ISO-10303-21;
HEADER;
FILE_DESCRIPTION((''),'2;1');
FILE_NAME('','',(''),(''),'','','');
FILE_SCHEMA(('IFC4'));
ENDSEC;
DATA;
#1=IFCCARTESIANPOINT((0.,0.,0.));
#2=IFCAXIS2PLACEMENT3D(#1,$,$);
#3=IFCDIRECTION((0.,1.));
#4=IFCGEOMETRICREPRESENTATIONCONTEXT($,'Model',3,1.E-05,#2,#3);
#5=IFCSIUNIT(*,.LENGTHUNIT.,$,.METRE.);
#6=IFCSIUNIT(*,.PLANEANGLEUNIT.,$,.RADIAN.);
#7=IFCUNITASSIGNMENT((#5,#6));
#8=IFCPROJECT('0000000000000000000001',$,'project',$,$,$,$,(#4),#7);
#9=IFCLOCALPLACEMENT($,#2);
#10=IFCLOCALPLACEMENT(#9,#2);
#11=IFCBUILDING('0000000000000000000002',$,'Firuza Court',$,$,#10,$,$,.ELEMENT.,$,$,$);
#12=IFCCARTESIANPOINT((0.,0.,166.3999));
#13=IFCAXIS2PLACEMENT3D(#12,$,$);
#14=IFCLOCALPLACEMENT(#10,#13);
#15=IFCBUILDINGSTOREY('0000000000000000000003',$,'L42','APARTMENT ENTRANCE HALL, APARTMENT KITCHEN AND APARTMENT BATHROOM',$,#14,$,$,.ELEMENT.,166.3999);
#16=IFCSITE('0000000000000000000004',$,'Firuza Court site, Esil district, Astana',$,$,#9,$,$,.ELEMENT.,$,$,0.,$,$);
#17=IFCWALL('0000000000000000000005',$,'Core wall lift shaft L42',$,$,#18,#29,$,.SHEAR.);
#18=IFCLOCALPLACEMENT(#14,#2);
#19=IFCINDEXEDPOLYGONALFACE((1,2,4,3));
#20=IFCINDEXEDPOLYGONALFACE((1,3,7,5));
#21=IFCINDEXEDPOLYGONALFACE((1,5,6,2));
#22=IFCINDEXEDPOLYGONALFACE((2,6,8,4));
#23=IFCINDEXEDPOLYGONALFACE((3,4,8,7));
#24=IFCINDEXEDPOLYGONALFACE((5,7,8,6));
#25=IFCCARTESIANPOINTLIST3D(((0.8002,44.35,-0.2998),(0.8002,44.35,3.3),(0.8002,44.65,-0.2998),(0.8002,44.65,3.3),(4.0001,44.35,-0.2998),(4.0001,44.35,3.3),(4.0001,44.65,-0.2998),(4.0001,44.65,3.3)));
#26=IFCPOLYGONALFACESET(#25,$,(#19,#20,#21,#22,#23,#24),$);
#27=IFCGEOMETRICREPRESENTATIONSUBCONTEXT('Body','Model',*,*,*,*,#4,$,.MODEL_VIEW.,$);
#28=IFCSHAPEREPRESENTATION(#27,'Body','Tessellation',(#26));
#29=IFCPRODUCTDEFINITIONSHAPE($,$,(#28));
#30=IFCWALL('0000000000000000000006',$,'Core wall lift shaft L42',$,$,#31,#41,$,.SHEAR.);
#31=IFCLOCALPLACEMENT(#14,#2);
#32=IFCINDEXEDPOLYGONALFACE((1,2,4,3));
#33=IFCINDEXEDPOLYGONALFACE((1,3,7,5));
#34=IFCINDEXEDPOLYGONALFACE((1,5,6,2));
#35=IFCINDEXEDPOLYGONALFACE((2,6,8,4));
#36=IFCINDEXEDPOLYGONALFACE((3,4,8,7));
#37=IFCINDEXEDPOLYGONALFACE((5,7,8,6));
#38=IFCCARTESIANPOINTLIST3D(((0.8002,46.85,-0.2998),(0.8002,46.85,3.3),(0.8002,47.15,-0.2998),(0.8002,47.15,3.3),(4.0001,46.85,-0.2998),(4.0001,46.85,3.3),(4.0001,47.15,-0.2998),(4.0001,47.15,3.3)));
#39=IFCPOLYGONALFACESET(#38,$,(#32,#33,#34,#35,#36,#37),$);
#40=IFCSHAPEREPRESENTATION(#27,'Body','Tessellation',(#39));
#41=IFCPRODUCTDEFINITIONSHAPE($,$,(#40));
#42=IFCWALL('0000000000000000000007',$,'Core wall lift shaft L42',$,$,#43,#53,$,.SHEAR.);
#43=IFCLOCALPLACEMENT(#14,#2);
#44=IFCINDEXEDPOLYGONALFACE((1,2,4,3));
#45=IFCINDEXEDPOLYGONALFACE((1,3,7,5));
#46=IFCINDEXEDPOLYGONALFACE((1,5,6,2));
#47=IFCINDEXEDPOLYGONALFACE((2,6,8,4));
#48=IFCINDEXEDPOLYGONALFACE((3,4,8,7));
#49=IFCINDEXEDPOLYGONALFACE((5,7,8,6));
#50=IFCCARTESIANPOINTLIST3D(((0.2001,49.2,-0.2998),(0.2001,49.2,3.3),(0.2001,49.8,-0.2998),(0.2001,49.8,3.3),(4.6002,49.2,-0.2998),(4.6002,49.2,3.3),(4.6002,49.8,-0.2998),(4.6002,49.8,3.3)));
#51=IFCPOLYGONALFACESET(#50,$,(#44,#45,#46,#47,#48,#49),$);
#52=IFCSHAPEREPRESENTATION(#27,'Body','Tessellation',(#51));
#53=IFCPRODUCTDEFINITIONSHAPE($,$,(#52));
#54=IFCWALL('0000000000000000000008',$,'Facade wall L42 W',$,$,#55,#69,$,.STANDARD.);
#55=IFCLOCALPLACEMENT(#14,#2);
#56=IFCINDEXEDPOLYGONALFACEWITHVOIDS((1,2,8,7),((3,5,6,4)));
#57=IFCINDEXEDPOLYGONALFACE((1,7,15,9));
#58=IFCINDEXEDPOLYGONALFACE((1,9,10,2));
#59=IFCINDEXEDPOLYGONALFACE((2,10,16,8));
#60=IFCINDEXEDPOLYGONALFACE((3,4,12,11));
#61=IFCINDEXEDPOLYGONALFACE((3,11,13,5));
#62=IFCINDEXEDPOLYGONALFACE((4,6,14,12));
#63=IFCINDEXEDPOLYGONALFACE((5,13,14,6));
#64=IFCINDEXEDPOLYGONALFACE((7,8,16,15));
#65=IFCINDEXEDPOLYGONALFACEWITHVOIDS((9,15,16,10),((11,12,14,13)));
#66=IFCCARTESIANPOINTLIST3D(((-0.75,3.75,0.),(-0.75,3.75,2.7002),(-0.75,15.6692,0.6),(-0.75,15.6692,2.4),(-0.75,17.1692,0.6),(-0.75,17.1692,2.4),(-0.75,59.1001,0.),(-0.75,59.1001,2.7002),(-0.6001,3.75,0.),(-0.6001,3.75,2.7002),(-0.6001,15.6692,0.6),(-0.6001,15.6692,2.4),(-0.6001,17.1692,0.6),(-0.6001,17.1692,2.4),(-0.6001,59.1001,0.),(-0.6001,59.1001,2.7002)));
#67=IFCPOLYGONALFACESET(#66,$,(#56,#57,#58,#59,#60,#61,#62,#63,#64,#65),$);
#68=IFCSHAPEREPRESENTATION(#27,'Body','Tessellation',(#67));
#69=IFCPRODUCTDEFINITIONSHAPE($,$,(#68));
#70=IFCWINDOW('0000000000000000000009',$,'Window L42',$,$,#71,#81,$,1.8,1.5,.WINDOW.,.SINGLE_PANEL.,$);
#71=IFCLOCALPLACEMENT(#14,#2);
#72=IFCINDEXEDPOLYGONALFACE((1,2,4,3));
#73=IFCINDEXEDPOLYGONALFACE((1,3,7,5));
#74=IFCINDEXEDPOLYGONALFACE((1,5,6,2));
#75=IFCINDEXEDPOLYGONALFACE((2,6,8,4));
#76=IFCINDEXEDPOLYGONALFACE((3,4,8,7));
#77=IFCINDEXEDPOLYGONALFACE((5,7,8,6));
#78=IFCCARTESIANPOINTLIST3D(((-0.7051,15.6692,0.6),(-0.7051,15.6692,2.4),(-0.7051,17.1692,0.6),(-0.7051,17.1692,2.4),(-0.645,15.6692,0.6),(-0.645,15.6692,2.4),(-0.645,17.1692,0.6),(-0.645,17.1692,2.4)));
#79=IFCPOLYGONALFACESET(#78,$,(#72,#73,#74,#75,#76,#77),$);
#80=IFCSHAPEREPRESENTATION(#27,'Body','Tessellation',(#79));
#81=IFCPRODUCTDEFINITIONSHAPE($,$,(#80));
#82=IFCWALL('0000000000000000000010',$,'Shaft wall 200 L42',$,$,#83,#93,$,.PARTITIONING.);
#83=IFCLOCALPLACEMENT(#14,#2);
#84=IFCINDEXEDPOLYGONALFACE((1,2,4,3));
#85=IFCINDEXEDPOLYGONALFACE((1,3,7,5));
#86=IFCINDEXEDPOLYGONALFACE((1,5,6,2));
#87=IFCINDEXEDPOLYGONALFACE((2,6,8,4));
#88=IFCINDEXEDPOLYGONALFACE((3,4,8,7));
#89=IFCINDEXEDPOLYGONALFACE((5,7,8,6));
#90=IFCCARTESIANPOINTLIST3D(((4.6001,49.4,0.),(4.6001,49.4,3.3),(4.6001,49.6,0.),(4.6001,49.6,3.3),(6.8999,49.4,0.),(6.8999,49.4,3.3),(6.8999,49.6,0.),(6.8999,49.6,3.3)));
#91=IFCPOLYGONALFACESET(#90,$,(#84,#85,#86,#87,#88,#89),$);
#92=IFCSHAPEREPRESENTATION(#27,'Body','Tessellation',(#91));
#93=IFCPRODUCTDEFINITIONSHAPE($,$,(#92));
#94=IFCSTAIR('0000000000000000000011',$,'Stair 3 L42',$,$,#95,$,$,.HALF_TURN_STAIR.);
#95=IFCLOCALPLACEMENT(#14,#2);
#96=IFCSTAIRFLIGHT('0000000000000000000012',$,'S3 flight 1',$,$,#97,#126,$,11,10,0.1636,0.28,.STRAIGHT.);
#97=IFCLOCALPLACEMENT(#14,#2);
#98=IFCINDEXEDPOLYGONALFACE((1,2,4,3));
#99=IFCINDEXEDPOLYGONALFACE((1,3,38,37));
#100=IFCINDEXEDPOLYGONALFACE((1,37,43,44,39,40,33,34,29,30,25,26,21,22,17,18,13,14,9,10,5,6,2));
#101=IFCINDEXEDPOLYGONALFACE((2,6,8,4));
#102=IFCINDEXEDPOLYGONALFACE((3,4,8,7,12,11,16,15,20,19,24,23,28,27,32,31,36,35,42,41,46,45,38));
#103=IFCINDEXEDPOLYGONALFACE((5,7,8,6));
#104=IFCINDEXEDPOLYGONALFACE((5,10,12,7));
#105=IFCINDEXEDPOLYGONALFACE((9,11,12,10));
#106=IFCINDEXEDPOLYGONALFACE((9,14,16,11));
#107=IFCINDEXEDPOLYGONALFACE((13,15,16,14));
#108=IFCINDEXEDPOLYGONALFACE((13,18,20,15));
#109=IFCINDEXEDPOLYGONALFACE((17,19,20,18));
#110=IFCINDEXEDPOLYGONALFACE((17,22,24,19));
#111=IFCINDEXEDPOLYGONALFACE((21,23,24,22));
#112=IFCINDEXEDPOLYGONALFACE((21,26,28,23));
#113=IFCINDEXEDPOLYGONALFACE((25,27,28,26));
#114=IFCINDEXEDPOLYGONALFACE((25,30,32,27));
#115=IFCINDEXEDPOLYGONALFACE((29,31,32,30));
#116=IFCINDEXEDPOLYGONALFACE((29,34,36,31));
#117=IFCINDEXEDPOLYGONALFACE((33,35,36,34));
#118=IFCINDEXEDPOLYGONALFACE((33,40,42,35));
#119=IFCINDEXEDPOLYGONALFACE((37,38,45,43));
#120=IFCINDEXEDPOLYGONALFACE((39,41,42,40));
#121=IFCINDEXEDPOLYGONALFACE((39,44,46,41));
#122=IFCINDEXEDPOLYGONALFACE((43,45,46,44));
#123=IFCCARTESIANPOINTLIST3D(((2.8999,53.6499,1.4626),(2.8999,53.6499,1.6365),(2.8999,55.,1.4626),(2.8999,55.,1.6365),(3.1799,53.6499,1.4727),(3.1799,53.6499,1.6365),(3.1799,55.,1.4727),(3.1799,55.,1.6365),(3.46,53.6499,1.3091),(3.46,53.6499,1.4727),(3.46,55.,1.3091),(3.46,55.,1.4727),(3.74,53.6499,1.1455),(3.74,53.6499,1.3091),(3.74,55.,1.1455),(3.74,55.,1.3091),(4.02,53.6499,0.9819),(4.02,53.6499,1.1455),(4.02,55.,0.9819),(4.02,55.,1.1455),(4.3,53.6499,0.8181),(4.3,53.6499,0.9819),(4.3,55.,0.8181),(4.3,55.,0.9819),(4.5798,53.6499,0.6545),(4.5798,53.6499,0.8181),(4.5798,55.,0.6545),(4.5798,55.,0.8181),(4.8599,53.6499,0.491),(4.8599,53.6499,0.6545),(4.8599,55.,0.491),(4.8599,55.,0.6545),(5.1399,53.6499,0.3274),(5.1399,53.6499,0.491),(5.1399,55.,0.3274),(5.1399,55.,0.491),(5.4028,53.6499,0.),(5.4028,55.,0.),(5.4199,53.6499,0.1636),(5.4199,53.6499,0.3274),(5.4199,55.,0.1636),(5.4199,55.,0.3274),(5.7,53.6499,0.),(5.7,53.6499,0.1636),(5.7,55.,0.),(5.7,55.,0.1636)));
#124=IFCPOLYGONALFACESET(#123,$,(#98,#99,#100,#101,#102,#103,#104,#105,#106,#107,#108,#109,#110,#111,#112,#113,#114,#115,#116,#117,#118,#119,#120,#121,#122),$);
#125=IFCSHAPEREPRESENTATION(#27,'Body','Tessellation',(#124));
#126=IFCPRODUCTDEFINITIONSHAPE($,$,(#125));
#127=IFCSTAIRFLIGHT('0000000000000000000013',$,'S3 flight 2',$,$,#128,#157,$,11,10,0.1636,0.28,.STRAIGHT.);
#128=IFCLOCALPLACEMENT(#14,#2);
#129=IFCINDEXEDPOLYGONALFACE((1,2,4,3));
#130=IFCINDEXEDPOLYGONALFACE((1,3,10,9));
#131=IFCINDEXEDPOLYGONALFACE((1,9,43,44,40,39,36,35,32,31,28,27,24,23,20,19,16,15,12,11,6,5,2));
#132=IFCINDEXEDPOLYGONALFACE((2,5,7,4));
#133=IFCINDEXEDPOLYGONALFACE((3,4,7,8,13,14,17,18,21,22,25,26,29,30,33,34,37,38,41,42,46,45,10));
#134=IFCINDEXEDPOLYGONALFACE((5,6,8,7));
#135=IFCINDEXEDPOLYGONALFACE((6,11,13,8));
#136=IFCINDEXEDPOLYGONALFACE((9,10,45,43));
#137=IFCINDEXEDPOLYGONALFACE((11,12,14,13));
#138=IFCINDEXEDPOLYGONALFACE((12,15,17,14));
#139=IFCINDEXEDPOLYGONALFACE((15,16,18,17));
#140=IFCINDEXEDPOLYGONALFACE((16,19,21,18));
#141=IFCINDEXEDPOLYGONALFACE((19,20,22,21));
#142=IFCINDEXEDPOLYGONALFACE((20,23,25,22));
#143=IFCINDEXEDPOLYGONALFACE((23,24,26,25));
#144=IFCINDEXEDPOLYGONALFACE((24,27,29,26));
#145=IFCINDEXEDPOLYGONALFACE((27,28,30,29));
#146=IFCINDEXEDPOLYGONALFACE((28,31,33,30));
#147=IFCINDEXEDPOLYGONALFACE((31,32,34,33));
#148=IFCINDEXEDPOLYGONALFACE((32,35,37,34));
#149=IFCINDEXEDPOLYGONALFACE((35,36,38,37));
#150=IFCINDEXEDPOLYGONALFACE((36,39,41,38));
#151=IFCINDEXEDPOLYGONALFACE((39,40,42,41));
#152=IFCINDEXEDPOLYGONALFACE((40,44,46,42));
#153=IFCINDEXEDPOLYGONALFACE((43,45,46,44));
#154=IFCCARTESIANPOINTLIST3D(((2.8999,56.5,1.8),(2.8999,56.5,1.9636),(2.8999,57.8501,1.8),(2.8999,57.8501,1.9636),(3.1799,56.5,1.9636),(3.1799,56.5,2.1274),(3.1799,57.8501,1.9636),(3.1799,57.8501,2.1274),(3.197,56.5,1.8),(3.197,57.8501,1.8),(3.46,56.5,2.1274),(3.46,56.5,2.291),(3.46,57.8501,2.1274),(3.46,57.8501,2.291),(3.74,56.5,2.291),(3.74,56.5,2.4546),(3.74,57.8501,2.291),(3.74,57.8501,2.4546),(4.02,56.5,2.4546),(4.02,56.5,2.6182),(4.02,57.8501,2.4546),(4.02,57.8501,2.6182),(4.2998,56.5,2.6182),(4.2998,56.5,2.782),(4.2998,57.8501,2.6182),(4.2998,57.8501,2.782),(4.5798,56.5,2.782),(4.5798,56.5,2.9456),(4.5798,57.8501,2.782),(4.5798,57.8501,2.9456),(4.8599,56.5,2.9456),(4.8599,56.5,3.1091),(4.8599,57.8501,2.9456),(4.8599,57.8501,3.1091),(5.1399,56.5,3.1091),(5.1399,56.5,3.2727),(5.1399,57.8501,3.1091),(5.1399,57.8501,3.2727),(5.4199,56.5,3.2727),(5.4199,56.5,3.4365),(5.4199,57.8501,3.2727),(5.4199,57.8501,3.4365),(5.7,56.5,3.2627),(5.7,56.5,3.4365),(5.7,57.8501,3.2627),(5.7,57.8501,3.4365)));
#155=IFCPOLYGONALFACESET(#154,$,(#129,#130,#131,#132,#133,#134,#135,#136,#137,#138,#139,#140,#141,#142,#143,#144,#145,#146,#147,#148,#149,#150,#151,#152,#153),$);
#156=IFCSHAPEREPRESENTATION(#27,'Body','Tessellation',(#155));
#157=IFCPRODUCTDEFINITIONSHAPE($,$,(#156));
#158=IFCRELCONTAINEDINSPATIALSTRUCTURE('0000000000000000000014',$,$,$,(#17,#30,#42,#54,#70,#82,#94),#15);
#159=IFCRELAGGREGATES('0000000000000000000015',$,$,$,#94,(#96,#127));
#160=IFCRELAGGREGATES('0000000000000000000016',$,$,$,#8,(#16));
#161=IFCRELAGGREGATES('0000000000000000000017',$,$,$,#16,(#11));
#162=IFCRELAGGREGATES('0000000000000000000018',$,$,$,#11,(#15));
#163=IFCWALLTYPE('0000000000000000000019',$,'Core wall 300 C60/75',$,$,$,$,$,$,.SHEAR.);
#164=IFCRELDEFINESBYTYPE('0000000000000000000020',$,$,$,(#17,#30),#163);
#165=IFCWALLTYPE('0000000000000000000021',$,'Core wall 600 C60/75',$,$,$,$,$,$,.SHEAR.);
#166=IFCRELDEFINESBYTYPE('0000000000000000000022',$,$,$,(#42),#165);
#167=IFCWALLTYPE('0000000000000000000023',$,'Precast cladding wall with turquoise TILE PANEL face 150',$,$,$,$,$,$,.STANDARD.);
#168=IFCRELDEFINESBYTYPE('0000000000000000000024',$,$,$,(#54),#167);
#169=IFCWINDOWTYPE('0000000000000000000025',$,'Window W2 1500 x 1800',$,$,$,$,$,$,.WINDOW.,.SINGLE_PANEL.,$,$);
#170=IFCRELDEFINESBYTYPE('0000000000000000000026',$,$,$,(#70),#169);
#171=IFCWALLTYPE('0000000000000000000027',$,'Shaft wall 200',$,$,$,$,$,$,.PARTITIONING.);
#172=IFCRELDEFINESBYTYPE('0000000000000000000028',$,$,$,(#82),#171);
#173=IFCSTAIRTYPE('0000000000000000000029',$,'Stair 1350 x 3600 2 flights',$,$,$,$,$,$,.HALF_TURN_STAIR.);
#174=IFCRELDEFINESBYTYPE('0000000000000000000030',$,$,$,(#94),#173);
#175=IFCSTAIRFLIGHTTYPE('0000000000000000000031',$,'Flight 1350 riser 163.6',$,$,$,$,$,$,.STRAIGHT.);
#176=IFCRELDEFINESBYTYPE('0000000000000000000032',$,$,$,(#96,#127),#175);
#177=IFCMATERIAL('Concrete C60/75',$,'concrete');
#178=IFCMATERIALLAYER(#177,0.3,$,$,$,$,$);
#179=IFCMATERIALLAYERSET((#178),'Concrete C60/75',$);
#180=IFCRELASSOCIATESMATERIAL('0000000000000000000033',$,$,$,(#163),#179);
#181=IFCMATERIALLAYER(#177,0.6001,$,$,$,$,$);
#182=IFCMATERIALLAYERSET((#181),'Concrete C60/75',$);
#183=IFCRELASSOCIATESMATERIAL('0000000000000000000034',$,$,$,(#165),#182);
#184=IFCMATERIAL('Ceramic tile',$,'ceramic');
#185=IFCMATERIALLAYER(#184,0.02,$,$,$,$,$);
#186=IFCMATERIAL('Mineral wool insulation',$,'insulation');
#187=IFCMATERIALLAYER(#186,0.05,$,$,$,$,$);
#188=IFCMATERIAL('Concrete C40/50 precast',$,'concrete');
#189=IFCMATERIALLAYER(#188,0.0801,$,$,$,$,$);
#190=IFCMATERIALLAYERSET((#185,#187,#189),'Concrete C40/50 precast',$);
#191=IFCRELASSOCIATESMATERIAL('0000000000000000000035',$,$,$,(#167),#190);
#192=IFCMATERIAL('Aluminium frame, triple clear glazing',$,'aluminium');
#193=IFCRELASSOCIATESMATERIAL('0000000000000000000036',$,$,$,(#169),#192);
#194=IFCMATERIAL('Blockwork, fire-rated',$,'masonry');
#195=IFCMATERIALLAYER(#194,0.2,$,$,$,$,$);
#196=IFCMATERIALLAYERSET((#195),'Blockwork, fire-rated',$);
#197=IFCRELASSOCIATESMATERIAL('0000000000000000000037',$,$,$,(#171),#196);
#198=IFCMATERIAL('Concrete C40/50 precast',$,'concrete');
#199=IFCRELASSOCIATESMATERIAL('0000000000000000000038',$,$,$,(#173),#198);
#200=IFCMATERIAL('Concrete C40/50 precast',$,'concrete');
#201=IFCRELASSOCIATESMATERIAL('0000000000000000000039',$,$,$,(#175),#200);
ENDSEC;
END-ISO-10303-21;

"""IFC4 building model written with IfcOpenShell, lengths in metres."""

from ifc_helpers import new_model, si_unit, direction, frame, frame_2d, origin, place, context, subcontext, project, spatial, polyline, rectangle, outline, extrude, material, layer, layer_set, type_object, element, fill, aggregate, save


model = new_model("IFC4")

# Units and contexts
model_context = context("Model", 3, precision=1e-05, world=origin(), true_north=direction((0.0, 1.0)))
body_context = subcontext(model_context, "Body", "Model", "MODEL_VIEW")
ifc_project = project(units=[si_unit("LENGTHUNIT", "METRE"), si_unit("PLANEANGLEUNIT", "RADIAN")], contexts=[model_context])

# Site, building, storey
site_placement = place(None, origin())
site = spatial("IfcSite", under=ifc_project, at=site_placement, Name="Firuza Court site, Esil district, Astana", CompositionType="ELEMENT", RefElevation=0.0)
building_placement = place(site_placement, origin())
building = spatial("IfcBuilding", under=site, at=building_placement, Name="Firuza Court", CompositionType="ELEMENT")
storey_placement = place(building_placement, frame((0.0, 0.0, 166.3999)))
storey = spatial("IfcBuildingStorey", under=building, at=storey_placement, Name="L42", Description="APARTMENT ENTRANCE HALL, APARTMENT KITCHEN AND APARTMENT BATHROOM", CompositionType="ELEMENT", Elevation=166.3999)

# Shared definitions
ifc_material_1 = material(Name="Concrete C60/75", Category="concrete")
ifc_layer_1 = layer(ifc_material_1, 0.3)
ifc_layer_set_1 = layer_set([ifc_layer_1], Name="Concrete C60/75")
wall_type_1 = type_object("IfcWallType", Name="Core wall 300 C60/75", PredefinedType="SHEAR", material=ifc_layer_set_1)

# Walls
for number, where, z_axis, x_axis, name in (
    (1, (0.8, 44.5, -0.2998), (0.0, 0.0, 1.0), (1.0, 0.0, 0.0), "Core wall lift shaft L42"),
    (2, (0.8, 47.0, -0.2998), (0.0, 0.0, 1.0), (1.0, 0.0, 0.0), "Core wall lift shaft L42"),
):
    element("IfcWall", number, at=place(storey_placement, frame(where, z_axis=z_axis, x_axis=x_axis)), inside=storey, type_object=wall_type_1, Name=name, PredefinedType="SHEAR", context=body_context, shape_type="SweptSolid", body=[
        extrude(rectangle(XDim=3.2, YDim=0.3, at=frame_2d((1.6001, 0.0))), origin(), (0.0, 0.0, 1.0), 3.5999),
    ])
ifc_layer_2 = layer(ifc_material_1, 0.6001)
ifc_layer_set_2 = layer_set([ifc_layer_2], Name="Concrete C60/75")
wall_type_2 = type_object("IfcWallType", Name="Core wall 600 C60/75", PredefinedType="SHEAR", material=ifc_layer_set_2)
wall_1_placement = place(storey_placement, frame((0.2, 49.5, -0.2998), z_axis=(0.0, 0.0, 1.0), x_axis=(1.0, 0.0, 0.0)))
element("IfcWall", 3, at=wall_1_placement, inside=storey, type_object=wall_type_2, Name="Core wall lift shaft L42", PredefinedType="SHEAR", context=body_context, shape_type="SweptSolid", body=[
    extrude(rectangle(XDim=4.4001, YDim=0.6001, at=frame_2d((2.2002, 0.0))), origin(), (0.0, 0.0, 1.0), 3.5999),
])

# Wall, opening, window
ifc_material_2 = material(Name="Ceramic tile", Category="ceramic")
ifc_layer_3 = layer(ifc_material_2, 0.02)
ifc_material_3 = material(Name="Mineral wool insulation", Category="insulation")
ifc_layer_4 = layer(ifc_material_3, 0.05)
ifc_material_4 = material(Name="Concrete C40/50 precast", Category="concrete")
ifc_layer_5 = layer(ifc_material_4, 0.0801)
ifc_layer_set_3 = layer_set([ifc_layer_3, ifc_layer_4, ifc_layer_5], Name="Concrete C40/50 precast")
wall_type_3 = type_object("IfcWallType", Name="Precast cladding wall with turquoise TILE PANEL face 150", PredefinedType="STANDARD", material=ifc_layer_set_3)
wall_2_placement = place(storey_placement, frame((-0.675, 59.1001, 0.0), z_axis=(0.0, 0.0, 1.0), x_axis=(0.0, -1.0, 0.0)))
wall_2 = element("IfcWall", 4, at=wall_2_placement, inside=storey, type_object=wall_type_3, Name="Facade wall L42 W", PredefinedType="STANDARD", context=body_context, shape_type="SweptSolid", body=[
    extrude(rectangle(XDim=55.3501, YDim=0.1499, at=frame_2d((27.675, 0.0))), origin(), (0.0, 0.0, 1.0), 2.7002),
])
opening_1_placement = place(wall_2_placement, frame((41.9309, 0.0, 0.6001)))
opening_1 = element("IfcOpeningElement", 5, at=opening_1_placement, cuts=wall_2, PredefinedType="OPENING", context=body_context, shape_type="SweptSolid", body=[
    extrude(rectangle(XDim=1.5, YDim=1.8, at=frame_2d((0.75, 0.8999))), frame((0.0, 0.0869, 0.0), z_axis=(0.0, -1.0, 0.0), x_axis=(1.0, 0.0, 0.0)), (0.0, 0.0, 1.0), 0.1738),
])
ifc_material_5 = material(Name="Aluminium frame, triple clear glazing", Category="aluminium")
window_type = type_object("IfcWindowType", Name="Window W2 1500 x 1800", PartitioningType="SINGLE_PANEL", PredefinedType="WINDOW", material=ifc_material_5)
window_placement = place(opening_1_placement, origin())
window = element("IfcWindow", 6, at=window_placement, inside=storey, type_object=window_type, Name="Window L42", OverallHeight=1.8, OverallWidth=1.5, PartitioningType="SINGLE_PANEL", PredefinedType="WINDOW", context=body_context, shape_type="SweptSolid", body=[
    extrude(rectangle(XDim=1.5, YDim=1.8, at=frame_2d((0.75, 0.8999))), frame((0.0, 0.03, 0.0), z_axis=(0.0, -1.0, 0.0), x_axis=(1.0, 0.0, 0.0)), (0.0, 0.0, 1.0), 0.0601),
])
fill(opening_1, window)

# Wall
ifc_material_6 = material(Name="Blockwork, fire-rated", Category="masonry")
ifc_layer_6 = layer(ifc_material_6, 0.2)
ifc_layer_set_4 = layer_set([ifc_layer_6], Name="Blockwork, fire-rated")
wall_type_4 = type_object("IfcWallType", Name="Shaft wall 200", PredefinedType="PARTITIONING", material=ifc_layer_set_4)
wall_3_placement = place(storey_placement, frame((4.6001, 49.5, 0.0), z_axis=(0.0, 0.0, 1.0), x_axis=(1.0, 0.0, 0.0)))
element("IfcWall", 7, at=wall_3_placement, inside=storey, type_object=wall_type_4, Name="Shaft wall 200 L42", PredefinedType="PARTITIONING", context=body_context, shape_type="SweptSolid", body=[
    extrude(rectangle(XDim=2.2998, YDim=0.2, at=frame_2d((1.1499, 0.0))), origin(), (0.0, 0.0, 1.0), 3.3),
])

# Stair, stair flights
ifc_material_7 = material(Name="Concrete C40/50 precast", Category="concrete")
stair_type = type_object("IfcStairType", Name="Stair 1350 x 3600 2 flights", PredefinedType="HALF_TURN_STAIR", material=ifc_material_7)
stair_placement = place(storey_placement, origin())
stair = element("IfcStair", 8, at=stair_placement, inside=storey, type_object=stair_type, Name="Stair 3 L42", PredefinedType="HALF_TURN_STAIR")
ifc_material_8 = material(Name="Concrete C40/50 precast", Category="concrete")
stair_flight_type = type_object("IfcStairFlightType", Name="Flight 1350 riser 163.6", PredefinedType="STRAIGHT", material=ifc_material_8)
stair_flight_1_placement = place(storey_placement, frame((5.7, 54.325, 0.0), z_axis=(0.0, 0.0, 1.0), x_axis=(-1.0, 0.0, 0.0)))
stair_flight_1 = element("IfcStairFlight", 9, at=stair_flight_1_placement, type_object=stair_flight_type, Name="S3 flight 1", NumberOfRisers=11, NumberOfTreads=10, PredefinedType="STRAIGHT", RiserHeight=0.1636, TreadLength=0.28, context=body_context, shape_type="SweptSolid", body=[
    extrude(outline(polyline([(0.0, 0.0), (0.0, 0.1636), (0.28, 0.1636), (0.28, 0.3274), (0.5601, 0.3274), (0.5601, 0.491), (0.8401, 0.491), (0.8401, 0.6545), (1.1201, 0.6545), (1.1201, 0.8181), (1.3999, 0.8181), (1.3999, 0.9819), (1.6799, 0.9819), (1.6799, 1.1455), (1.96, 1.1455), (1.96, 1.3091), (2.24, 1.3091), (2.24, 1.4727), (2.52, 1.4727), (2.52, 1.6365), (2.8, 1.6365), (2.8, 1.8), (2.8, 1.4626), (0.2971, 0.0), (0.0, 0.0)])), frame((0.0, 0.675, 0.0), z_axis=(0.0, -1.0, 0.0), x_axis=(1.0, 0.0, 0.0)), (0.0, 0.0, 1.0), 1.3501),
])
stair_flight_2_placement = place(storey_placement, frame((2.8999, 57.175, 1.8), z_axis=(0.0, 0.0, 1.0), x_axis=(1.0, 0.0, 0.0)))
stair_flight_2 = element("IfcStairFlight", 10, at=stair_flight_2_placement, type_object=stair_flight_type, Name="S3 flight 2", NumberOfRisers=11, NumberOfTreads=10, PredefinedType="STRAIGHT", RiserHeight=0.1636, TreadLength=0.28, context=body_context, shape_type="SweptSolid", body=[
    extrude(outline(polyline([(0.0, 0.0), (0.0, 0.1636), (0.28, 0.1636), (0.28, 0.3274), (0.5601, 0.3274), (0.5601, 0.491), (0.8401, 0.491), (0.8401, 0.6545), (1.1201, 0.6545), (1.1201, 0.8181), (1.3999, 0.8181), (1.3999, 0.9819), (1.6799, 0.9819), (1.6799, 1.1455), (1.96, 1.1455), (1.96, 1.3091), (2.24, 1.3091), (2.24, 1.4727), (2.52, 1.4727), (2.52, 1.6365), (2.8, 1.6365), (2.8, 1.8), (2.8, 1.4626), (0.2971, 0.0), (0.0, 0.0)])), frame((0.0, 0.675, 0.0), z_axis=(0.0, -1.0, 0.0), x_axis=(1.0, 0.0, 0.0)), (0.0, 0.0, 1.0), 1.3501),
])
aggregate(stair, [stair_flight_1, stair_flight_2])

save(model, "model.ifc")
